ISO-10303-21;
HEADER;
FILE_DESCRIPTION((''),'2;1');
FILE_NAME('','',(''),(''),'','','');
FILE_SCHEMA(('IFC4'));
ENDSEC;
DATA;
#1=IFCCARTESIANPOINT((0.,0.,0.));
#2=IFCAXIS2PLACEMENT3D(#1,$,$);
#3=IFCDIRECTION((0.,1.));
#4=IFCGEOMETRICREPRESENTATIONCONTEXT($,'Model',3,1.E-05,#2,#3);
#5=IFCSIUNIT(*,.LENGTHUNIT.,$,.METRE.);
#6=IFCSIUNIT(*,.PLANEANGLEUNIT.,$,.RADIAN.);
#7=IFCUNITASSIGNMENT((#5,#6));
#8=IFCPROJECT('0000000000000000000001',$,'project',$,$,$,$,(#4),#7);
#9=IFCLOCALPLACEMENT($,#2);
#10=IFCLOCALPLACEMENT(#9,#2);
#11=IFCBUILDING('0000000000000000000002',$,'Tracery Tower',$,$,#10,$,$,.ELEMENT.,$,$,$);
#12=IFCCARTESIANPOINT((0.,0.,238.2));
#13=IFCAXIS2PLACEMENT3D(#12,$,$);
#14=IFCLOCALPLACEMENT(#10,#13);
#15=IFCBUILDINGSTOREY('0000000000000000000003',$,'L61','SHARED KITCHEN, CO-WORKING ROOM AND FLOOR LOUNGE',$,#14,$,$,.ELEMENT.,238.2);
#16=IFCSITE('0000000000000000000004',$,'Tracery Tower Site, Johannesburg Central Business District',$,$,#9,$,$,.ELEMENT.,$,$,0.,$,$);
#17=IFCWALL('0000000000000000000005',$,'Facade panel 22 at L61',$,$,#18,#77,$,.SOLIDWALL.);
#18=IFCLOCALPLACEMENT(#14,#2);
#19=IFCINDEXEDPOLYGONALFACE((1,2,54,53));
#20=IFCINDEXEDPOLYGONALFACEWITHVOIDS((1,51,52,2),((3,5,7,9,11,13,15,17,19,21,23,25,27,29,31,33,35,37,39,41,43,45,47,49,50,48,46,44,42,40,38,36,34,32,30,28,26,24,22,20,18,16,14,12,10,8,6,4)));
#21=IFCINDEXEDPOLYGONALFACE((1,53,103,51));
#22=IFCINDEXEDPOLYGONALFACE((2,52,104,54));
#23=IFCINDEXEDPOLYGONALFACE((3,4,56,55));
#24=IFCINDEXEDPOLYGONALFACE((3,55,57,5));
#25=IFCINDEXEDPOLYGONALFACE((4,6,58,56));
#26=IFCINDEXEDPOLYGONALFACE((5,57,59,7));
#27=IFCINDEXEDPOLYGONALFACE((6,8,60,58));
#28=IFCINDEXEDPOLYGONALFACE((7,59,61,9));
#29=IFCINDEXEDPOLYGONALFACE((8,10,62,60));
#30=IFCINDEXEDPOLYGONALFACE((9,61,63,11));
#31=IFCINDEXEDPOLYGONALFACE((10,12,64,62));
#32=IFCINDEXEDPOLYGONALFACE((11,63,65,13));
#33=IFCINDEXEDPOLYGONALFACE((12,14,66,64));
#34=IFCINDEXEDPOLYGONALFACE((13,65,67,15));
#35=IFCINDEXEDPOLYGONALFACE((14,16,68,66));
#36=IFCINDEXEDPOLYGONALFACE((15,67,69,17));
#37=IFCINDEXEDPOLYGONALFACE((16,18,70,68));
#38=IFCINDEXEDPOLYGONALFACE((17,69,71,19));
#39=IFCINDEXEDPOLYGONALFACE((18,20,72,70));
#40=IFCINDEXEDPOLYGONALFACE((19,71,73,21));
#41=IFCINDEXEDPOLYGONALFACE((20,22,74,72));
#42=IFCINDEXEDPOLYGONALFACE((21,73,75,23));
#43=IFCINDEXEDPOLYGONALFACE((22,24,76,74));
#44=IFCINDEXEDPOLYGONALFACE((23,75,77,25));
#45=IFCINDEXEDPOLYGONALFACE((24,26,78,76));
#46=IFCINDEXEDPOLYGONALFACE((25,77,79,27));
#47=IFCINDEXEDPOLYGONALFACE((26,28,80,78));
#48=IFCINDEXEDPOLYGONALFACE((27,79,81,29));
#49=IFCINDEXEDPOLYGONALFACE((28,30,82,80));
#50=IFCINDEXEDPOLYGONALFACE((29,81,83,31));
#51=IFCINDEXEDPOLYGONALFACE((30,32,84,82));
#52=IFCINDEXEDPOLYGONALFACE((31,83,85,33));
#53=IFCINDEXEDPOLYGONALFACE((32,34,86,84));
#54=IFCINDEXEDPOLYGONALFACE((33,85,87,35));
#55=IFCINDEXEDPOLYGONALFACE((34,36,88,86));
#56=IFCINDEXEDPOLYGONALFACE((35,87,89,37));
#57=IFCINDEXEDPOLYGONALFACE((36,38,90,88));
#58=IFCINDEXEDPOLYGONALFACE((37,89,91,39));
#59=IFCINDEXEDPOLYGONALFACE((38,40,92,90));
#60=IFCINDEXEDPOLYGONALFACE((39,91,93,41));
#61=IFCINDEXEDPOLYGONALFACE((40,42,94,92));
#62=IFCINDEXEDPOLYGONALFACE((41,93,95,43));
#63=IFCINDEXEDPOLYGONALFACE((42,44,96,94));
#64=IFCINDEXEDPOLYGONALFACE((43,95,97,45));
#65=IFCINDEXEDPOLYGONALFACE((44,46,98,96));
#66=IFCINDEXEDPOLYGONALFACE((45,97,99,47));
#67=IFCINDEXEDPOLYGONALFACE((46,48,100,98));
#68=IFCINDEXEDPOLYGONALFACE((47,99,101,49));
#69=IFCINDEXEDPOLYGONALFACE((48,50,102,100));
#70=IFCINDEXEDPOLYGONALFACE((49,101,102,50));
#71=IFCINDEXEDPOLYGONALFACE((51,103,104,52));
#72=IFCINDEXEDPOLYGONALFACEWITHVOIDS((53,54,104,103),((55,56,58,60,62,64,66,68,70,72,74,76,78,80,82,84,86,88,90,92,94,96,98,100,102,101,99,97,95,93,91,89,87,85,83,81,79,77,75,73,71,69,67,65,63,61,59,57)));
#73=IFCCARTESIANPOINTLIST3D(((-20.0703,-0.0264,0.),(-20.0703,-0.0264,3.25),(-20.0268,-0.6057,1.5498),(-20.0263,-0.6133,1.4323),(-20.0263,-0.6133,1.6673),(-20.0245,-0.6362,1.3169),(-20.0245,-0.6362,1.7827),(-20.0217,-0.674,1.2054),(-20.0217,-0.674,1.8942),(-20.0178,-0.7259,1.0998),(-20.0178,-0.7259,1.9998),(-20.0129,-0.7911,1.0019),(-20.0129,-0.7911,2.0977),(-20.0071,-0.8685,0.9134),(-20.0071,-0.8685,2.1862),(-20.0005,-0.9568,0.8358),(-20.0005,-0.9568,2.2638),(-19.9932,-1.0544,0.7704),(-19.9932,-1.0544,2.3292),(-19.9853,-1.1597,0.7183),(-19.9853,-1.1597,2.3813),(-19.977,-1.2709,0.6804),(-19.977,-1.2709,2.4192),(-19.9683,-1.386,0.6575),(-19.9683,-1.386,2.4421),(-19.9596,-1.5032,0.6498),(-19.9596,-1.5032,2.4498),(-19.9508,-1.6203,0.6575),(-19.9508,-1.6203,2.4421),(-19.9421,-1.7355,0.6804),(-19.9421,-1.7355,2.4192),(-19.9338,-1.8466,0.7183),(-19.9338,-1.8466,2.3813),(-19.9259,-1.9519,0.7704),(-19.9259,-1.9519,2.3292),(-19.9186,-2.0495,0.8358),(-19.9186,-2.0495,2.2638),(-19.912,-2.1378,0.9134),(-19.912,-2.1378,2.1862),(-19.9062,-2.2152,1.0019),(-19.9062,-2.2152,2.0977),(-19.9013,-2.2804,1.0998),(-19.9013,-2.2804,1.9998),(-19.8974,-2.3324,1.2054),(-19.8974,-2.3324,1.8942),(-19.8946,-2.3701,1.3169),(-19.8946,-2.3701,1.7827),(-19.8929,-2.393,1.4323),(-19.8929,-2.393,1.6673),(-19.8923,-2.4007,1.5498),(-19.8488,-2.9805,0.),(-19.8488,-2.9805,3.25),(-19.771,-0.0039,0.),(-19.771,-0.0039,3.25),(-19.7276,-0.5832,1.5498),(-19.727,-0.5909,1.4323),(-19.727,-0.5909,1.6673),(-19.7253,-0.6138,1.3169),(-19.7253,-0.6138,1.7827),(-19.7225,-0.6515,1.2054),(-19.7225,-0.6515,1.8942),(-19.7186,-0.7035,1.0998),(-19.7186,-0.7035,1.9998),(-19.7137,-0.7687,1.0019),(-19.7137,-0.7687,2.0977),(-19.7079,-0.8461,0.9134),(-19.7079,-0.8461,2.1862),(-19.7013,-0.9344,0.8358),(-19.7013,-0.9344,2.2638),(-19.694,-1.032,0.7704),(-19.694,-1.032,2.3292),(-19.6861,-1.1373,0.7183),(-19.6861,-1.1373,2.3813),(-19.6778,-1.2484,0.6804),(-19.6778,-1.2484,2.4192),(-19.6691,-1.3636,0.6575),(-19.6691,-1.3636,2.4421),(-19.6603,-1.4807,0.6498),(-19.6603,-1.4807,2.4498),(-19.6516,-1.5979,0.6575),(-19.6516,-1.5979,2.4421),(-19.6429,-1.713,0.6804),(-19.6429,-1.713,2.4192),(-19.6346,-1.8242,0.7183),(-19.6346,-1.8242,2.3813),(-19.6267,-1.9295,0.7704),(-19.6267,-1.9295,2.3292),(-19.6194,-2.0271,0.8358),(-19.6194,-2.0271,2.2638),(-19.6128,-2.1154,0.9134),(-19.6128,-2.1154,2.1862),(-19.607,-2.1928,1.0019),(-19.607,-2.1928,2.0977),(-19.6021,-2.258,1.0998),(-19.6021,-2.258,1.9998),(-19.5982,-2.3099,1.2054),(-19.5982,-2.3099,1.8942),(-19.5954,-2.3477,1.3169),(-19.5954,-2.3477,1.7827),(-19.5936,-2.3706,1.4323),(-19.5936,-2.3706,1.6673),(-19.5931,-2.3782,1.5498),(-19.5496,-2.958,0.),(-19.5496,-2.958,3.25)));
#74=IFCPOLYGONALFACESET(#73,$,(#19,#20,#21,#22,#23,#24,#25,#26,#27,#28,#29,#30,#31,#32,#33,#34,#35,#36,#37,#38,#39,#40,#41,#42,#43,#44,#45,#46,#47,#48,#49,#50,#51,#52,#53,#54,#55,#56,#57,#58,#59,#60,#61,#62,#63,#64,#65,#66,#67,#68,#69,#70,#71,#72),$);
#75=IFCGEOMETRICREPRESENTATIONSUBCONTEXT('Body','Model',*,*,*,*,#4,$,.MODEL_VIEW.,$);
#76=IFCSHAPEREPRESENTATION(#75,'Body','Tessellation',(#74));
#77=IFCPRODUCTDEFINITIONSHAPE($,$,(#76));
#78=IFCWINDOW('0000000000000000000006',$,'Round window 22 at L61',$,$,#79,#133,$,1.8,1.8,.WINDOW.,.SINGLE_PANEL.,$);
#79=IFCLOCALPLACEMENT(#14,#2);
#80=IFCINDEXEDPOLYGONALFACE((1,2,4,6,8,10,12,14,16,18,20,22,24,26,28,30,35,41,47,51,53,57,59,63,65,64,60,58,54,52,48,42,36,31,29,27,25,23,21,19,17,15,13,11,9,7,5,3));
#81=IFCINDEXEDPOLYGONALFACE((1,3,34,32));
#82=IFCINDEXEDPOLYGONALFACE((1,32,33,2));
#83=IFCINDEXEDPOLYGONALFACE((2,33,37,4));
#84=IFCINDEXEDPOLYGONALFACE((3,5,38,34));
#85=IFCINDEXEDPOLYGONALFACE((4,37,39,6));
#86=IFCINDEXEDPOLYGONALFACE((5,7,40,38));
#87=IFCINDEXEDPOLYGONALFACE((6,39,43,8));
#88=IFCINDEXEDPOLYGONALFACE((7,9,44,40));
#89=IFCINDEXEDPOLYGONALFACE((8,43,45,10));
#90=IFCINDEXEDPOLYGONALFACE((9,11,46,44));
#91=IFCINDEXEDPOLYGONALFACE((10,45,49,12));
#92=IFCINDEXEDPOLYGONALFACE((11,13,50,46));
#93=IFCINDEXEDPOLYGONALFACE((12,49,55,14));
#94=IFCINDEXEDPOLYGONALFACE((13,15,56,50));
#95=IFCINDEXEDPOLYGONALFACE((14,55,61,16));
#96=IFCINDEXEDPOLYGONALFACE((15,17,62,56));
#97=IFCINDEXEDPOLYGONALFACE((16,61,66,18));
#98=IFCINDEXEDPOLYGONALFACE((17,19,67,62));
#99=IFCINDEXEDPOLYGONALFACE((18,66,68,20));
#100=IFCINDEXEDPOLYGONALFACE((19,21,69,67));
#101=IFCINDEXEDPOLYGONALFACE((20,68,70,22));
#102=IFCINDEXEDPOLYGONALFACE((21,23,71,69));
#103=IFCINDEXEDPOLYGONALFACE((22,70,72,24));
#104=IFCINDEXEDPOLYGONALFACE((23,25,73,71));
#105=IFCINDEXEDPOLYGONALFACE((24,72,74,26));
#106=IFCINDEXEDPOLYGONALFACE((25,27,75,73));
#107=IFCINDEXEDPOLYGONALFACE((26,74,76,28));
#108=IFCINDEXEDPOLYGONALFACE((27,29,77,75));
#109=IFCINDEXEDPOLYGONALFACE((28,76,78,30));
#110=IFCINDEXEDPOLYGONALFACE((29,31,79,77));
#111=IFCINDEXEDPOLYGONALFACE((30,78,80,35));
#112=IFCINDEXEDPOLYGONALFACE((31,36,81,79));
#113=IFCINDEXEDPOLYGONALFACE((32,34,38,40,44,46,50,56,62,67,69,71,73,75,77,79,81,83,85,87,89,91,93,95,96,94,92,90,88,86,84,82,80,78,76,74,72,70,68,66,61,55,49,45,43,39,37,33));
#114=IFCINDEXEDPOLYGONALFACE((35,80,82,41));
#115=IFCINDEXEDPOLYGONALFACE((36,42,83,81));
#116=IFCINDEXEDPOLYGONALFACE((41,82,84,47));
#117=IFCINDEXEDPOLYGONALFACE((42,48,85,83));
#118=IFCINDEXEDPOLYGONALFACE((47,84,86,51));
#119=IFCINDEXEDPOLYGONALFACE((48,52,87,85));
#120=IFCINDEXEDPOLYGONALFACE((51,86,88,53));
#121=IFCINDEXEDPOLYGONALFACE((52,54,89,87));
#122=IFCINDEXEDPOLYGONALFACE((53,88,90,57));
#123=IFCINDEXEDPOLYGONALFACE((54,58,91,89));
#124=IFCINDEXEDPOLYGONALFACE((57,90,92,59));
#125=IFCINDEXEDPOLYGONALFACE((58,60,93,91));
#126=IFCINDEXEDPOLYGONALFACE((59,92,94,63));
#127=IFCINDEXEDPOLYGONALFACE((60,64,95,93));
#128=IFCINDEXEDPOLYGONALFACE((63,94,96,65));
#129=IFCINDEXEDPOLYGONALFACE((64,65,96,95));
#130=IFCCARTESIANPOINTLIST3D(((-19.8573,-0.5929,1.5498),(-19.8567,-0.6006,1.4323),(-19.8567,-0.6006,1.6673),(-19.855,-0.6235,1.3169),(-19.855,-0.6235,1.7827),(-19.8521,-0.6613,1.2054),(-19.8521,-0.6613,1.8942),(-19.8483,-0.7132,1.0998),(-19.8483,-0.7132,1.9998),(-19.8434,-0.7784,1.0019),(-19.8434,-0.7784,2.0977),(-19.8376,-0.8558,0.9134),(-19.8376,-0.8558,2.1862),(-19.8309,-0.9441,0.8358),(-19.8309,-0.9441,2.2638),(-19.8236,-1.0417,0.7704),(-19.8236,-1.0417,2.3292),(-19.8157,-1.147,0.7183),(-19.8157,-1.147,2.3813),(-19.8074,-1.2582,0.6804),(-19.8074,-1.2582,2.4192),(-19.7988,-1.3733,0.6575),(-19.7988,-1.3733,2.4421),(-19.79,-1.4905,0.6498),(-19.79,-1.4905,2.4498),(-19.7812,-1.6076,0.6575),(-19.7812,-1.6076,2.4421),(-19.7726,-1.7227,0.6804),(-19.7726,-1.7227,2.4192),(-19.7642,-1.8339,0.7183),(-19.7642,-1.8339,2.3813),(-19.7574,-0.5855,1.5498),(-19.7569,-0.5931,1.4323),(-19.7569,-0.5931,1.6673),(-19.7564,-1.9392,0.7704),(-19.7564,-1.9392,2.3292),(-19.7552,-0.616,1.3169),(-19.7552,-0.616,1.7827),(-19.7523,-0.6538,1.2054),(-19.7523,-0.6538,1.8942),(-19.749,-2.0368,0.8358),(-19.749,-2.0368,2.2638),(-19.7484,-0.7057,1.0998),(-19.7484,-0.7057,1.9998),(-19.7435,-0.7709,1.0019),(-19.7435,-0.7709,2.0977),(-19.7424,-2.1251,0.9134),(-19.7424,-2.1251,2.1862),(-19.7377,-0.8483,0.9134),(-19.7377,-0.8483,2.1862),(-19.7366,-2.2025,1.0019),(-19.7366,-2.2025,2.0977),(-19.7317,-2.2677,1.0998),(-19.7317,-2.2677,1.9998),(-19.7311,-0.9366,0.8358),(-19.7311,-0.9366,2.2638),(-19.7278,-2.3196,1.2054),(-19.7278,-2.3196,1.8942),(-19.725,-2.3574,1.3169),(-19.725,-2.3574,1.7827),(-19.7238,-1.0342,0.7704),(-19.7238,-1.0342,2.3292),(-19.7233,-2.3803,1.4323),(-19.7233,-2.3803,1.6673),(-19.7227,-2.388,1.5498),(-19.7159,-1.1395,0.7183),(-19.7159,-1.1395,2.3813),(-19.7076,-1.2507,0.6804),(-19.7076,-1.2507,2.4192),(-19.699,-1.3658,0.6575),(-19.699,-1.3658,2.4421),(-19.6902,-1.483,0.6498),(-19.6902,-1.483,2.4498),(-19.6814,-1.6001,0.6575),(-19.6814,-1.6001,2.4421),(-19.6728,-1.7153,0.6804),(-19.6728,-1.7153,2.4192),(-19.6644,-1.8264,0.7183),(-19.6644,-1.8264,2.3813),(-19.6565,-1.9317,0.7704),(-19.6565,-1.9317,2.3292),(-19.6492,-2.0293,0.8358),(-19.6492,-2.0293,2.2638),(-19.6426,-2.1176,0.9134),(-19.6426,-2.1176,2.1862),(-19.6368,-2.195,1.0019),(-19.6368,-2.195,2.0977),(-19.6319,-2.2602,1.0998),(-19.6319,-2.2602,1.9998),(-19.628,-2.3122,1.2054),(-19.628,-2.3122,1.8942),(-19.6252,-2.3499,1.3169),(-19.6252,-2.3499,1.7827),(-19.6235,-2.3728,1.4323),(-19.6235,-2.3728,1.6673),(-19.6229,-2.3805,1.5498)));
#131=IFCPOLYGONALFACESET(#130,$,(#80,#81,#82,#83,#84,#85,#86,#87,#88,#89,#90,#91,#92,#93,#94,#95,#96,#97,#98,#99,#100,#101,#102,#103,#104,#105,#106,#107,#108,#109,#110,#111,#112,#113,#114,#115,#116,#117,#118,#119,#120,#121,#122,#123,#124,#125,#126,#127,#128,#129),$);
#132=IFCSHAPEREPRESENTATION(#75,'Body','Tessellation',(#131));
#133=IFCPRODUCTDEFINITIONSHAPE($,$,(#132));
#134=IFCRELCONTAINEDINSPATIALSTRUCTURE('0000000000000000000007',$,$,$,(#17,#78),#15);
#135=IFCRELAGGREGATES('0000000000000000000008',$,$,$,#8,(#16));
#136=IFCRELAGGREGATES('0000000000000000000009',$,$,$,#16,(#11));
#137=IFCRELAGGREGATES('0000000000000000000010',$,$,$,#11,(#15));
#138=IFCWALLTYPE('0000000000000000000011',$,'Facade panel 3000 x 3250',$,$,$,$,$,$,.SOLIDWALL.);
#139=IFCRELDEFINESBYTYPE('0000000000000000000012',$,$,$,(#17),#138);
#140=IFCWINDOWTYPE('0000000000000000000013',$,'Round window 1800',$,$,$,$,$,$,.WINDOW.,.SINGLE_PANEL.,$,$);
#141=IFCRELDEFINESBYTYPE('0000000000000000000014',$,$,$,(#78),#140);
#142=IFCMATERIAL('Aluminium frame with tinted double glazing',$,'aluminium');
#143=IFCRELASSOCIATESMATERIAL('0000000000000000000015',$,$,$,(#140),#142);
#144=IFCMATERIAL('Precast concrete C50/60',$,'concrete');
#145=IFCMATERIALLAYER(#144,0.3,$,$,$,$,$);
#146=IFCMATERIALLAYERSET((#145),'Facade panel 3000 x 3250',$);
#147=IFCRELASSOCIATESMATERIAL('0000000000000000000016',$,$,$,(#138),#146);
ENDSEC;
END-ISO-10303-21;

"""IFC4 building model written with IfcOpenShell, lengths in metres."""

from ifc_helpers import new_model, si_unit, direction, frame, frame_2d, origin, origin_2d, place, context, subcontext, project, spatial, rectangle, circle, extrude, material, layer, layer_set, type_object, element, fill, save


model = new_model("IFC4")

# Units and contexts
model_context = context("Model", 3, precision=1e-05, world=origin(), true_north=direction((0.0, 1.0)))
body_context = subcontext(model_context, "Body", "Model", "MODEL_VIEW")
ifc_project = project(units=[si_unit("LENGTHUNIT", "METRE"), si_unit("PLANEANGLEUNIT", "RADIAN")], contexts=[model_context])

# Site, building, storey
site_placement = place(None, origin())
site = spatial("IfcSite", under=ifc_project, at=site_placement, Name="Tracery Tower Site, Johannesburg Central Business District", CompositionType="ELEMENT", RefElevation=0.0)
building_placement = place(site_placement, origin())
building = spatial("IfcBuilding", under=site, at=building_placement, Name="Tracery Tower", CompositionType="ELEMENT")
storey_placement = place(building_placement, frame((0.0, 0.0, 238.2)))
storey = spatial("IfcBuildingStorey", under=building, at=storey_placement, Name="L61", Description="SHARED KITCHEN, CO-WORKING ROOM AND FLOOR LOUNGE", CompositionType="ELEMENT", Elevation=238.2)

# Wall, opening, window
ifc_material_1 = material(Name="Aluminium frame with tinted double glazing", Category="aluminium")
window_type = type_object("IfcWindowType", Name="Round window 1800", PartitioningType="SINGLE_PANEL", PredefinedType="WINDOW", material=ifc_material_1)
ifc_material_2 = material(Name="Precast concrete C50/60", Category="concrete")
ifc_layer_1 = layer(ifc_material_2, 0.3)
ifc_layer_set_1 = layer_set([ifc_layer_1], Name="Facade panel 3000 x 3250")
wall_type_1 = type_object("IfcWallType", Name="Facade panel 3000 x 3250", PredefinedType="SOLIDWALL", material=ifc_layer_set_1)
wall_1_placement = place(storey_placement, frame((-19.9207, -0.0151, 0.0), z_axis=(0.0, 0.0, 1.0), x_axis=(0.074749, -0.997202, 0.0)))
wall_1 = element("IfcWall", 1, at=wall_1_placement, inside=storey, type_object=wall_type_1, Name="Facade panel 22 at L61", PredefinedType="SOLIDWALL", context=body_context, shape_type="SweptSolid", body=[
    extrude(rectangle(XDim=2.9624, YDim=0.3, at=frame_2d((1.4812, 0.0))), origin(), (0.0, 0.0, 1.0), 3.25),
])
opening_1_placement = place(wall_1_placement, frame((1.481, 0.0, 1.5498)))
opening_1 = element("IfcOpeningElement", 2, at=opening_1_placement, cuts=wall_1, PredefinedType="OPENING", context=body_context, shape_type="SweptSolid", body=[
    extrude(circle(Radius=0.9, at=origin_2d()), frame((0.0, 0.1599, 0.0), z_axis=(0.0, -1.0, 0.0), x_axis=(1.0, 0.0, 0.0)), (0.0, 0.0, 1.0), 0.3201),
])
window_1_placement = place(opening_1_placement, origin())
window_1 = element("IfcWindow", 3, at=window_1_placement, inside=storey, type_object=window_type, Name="Round window 22 at L61", OverallHeight=1.8, OverallWidth=1.8, PartitioningType="SINGLE_PANEL", PredefinedType="WINDOW", context=body_context, shape_type="SweptSolid", body=[
    extrude(circle(Radius=0.9, at=origin_2d()), frame((0.0, 0.1201, 0.0), z_axis=(0.0, -1.0, 0.0), x_axis=(1.0, 0.0, 0.0)), (0.0, 0.0, 1.0), 0.1001),
])
fill(opening_1, window_1)

save(model, "model.ifc")
